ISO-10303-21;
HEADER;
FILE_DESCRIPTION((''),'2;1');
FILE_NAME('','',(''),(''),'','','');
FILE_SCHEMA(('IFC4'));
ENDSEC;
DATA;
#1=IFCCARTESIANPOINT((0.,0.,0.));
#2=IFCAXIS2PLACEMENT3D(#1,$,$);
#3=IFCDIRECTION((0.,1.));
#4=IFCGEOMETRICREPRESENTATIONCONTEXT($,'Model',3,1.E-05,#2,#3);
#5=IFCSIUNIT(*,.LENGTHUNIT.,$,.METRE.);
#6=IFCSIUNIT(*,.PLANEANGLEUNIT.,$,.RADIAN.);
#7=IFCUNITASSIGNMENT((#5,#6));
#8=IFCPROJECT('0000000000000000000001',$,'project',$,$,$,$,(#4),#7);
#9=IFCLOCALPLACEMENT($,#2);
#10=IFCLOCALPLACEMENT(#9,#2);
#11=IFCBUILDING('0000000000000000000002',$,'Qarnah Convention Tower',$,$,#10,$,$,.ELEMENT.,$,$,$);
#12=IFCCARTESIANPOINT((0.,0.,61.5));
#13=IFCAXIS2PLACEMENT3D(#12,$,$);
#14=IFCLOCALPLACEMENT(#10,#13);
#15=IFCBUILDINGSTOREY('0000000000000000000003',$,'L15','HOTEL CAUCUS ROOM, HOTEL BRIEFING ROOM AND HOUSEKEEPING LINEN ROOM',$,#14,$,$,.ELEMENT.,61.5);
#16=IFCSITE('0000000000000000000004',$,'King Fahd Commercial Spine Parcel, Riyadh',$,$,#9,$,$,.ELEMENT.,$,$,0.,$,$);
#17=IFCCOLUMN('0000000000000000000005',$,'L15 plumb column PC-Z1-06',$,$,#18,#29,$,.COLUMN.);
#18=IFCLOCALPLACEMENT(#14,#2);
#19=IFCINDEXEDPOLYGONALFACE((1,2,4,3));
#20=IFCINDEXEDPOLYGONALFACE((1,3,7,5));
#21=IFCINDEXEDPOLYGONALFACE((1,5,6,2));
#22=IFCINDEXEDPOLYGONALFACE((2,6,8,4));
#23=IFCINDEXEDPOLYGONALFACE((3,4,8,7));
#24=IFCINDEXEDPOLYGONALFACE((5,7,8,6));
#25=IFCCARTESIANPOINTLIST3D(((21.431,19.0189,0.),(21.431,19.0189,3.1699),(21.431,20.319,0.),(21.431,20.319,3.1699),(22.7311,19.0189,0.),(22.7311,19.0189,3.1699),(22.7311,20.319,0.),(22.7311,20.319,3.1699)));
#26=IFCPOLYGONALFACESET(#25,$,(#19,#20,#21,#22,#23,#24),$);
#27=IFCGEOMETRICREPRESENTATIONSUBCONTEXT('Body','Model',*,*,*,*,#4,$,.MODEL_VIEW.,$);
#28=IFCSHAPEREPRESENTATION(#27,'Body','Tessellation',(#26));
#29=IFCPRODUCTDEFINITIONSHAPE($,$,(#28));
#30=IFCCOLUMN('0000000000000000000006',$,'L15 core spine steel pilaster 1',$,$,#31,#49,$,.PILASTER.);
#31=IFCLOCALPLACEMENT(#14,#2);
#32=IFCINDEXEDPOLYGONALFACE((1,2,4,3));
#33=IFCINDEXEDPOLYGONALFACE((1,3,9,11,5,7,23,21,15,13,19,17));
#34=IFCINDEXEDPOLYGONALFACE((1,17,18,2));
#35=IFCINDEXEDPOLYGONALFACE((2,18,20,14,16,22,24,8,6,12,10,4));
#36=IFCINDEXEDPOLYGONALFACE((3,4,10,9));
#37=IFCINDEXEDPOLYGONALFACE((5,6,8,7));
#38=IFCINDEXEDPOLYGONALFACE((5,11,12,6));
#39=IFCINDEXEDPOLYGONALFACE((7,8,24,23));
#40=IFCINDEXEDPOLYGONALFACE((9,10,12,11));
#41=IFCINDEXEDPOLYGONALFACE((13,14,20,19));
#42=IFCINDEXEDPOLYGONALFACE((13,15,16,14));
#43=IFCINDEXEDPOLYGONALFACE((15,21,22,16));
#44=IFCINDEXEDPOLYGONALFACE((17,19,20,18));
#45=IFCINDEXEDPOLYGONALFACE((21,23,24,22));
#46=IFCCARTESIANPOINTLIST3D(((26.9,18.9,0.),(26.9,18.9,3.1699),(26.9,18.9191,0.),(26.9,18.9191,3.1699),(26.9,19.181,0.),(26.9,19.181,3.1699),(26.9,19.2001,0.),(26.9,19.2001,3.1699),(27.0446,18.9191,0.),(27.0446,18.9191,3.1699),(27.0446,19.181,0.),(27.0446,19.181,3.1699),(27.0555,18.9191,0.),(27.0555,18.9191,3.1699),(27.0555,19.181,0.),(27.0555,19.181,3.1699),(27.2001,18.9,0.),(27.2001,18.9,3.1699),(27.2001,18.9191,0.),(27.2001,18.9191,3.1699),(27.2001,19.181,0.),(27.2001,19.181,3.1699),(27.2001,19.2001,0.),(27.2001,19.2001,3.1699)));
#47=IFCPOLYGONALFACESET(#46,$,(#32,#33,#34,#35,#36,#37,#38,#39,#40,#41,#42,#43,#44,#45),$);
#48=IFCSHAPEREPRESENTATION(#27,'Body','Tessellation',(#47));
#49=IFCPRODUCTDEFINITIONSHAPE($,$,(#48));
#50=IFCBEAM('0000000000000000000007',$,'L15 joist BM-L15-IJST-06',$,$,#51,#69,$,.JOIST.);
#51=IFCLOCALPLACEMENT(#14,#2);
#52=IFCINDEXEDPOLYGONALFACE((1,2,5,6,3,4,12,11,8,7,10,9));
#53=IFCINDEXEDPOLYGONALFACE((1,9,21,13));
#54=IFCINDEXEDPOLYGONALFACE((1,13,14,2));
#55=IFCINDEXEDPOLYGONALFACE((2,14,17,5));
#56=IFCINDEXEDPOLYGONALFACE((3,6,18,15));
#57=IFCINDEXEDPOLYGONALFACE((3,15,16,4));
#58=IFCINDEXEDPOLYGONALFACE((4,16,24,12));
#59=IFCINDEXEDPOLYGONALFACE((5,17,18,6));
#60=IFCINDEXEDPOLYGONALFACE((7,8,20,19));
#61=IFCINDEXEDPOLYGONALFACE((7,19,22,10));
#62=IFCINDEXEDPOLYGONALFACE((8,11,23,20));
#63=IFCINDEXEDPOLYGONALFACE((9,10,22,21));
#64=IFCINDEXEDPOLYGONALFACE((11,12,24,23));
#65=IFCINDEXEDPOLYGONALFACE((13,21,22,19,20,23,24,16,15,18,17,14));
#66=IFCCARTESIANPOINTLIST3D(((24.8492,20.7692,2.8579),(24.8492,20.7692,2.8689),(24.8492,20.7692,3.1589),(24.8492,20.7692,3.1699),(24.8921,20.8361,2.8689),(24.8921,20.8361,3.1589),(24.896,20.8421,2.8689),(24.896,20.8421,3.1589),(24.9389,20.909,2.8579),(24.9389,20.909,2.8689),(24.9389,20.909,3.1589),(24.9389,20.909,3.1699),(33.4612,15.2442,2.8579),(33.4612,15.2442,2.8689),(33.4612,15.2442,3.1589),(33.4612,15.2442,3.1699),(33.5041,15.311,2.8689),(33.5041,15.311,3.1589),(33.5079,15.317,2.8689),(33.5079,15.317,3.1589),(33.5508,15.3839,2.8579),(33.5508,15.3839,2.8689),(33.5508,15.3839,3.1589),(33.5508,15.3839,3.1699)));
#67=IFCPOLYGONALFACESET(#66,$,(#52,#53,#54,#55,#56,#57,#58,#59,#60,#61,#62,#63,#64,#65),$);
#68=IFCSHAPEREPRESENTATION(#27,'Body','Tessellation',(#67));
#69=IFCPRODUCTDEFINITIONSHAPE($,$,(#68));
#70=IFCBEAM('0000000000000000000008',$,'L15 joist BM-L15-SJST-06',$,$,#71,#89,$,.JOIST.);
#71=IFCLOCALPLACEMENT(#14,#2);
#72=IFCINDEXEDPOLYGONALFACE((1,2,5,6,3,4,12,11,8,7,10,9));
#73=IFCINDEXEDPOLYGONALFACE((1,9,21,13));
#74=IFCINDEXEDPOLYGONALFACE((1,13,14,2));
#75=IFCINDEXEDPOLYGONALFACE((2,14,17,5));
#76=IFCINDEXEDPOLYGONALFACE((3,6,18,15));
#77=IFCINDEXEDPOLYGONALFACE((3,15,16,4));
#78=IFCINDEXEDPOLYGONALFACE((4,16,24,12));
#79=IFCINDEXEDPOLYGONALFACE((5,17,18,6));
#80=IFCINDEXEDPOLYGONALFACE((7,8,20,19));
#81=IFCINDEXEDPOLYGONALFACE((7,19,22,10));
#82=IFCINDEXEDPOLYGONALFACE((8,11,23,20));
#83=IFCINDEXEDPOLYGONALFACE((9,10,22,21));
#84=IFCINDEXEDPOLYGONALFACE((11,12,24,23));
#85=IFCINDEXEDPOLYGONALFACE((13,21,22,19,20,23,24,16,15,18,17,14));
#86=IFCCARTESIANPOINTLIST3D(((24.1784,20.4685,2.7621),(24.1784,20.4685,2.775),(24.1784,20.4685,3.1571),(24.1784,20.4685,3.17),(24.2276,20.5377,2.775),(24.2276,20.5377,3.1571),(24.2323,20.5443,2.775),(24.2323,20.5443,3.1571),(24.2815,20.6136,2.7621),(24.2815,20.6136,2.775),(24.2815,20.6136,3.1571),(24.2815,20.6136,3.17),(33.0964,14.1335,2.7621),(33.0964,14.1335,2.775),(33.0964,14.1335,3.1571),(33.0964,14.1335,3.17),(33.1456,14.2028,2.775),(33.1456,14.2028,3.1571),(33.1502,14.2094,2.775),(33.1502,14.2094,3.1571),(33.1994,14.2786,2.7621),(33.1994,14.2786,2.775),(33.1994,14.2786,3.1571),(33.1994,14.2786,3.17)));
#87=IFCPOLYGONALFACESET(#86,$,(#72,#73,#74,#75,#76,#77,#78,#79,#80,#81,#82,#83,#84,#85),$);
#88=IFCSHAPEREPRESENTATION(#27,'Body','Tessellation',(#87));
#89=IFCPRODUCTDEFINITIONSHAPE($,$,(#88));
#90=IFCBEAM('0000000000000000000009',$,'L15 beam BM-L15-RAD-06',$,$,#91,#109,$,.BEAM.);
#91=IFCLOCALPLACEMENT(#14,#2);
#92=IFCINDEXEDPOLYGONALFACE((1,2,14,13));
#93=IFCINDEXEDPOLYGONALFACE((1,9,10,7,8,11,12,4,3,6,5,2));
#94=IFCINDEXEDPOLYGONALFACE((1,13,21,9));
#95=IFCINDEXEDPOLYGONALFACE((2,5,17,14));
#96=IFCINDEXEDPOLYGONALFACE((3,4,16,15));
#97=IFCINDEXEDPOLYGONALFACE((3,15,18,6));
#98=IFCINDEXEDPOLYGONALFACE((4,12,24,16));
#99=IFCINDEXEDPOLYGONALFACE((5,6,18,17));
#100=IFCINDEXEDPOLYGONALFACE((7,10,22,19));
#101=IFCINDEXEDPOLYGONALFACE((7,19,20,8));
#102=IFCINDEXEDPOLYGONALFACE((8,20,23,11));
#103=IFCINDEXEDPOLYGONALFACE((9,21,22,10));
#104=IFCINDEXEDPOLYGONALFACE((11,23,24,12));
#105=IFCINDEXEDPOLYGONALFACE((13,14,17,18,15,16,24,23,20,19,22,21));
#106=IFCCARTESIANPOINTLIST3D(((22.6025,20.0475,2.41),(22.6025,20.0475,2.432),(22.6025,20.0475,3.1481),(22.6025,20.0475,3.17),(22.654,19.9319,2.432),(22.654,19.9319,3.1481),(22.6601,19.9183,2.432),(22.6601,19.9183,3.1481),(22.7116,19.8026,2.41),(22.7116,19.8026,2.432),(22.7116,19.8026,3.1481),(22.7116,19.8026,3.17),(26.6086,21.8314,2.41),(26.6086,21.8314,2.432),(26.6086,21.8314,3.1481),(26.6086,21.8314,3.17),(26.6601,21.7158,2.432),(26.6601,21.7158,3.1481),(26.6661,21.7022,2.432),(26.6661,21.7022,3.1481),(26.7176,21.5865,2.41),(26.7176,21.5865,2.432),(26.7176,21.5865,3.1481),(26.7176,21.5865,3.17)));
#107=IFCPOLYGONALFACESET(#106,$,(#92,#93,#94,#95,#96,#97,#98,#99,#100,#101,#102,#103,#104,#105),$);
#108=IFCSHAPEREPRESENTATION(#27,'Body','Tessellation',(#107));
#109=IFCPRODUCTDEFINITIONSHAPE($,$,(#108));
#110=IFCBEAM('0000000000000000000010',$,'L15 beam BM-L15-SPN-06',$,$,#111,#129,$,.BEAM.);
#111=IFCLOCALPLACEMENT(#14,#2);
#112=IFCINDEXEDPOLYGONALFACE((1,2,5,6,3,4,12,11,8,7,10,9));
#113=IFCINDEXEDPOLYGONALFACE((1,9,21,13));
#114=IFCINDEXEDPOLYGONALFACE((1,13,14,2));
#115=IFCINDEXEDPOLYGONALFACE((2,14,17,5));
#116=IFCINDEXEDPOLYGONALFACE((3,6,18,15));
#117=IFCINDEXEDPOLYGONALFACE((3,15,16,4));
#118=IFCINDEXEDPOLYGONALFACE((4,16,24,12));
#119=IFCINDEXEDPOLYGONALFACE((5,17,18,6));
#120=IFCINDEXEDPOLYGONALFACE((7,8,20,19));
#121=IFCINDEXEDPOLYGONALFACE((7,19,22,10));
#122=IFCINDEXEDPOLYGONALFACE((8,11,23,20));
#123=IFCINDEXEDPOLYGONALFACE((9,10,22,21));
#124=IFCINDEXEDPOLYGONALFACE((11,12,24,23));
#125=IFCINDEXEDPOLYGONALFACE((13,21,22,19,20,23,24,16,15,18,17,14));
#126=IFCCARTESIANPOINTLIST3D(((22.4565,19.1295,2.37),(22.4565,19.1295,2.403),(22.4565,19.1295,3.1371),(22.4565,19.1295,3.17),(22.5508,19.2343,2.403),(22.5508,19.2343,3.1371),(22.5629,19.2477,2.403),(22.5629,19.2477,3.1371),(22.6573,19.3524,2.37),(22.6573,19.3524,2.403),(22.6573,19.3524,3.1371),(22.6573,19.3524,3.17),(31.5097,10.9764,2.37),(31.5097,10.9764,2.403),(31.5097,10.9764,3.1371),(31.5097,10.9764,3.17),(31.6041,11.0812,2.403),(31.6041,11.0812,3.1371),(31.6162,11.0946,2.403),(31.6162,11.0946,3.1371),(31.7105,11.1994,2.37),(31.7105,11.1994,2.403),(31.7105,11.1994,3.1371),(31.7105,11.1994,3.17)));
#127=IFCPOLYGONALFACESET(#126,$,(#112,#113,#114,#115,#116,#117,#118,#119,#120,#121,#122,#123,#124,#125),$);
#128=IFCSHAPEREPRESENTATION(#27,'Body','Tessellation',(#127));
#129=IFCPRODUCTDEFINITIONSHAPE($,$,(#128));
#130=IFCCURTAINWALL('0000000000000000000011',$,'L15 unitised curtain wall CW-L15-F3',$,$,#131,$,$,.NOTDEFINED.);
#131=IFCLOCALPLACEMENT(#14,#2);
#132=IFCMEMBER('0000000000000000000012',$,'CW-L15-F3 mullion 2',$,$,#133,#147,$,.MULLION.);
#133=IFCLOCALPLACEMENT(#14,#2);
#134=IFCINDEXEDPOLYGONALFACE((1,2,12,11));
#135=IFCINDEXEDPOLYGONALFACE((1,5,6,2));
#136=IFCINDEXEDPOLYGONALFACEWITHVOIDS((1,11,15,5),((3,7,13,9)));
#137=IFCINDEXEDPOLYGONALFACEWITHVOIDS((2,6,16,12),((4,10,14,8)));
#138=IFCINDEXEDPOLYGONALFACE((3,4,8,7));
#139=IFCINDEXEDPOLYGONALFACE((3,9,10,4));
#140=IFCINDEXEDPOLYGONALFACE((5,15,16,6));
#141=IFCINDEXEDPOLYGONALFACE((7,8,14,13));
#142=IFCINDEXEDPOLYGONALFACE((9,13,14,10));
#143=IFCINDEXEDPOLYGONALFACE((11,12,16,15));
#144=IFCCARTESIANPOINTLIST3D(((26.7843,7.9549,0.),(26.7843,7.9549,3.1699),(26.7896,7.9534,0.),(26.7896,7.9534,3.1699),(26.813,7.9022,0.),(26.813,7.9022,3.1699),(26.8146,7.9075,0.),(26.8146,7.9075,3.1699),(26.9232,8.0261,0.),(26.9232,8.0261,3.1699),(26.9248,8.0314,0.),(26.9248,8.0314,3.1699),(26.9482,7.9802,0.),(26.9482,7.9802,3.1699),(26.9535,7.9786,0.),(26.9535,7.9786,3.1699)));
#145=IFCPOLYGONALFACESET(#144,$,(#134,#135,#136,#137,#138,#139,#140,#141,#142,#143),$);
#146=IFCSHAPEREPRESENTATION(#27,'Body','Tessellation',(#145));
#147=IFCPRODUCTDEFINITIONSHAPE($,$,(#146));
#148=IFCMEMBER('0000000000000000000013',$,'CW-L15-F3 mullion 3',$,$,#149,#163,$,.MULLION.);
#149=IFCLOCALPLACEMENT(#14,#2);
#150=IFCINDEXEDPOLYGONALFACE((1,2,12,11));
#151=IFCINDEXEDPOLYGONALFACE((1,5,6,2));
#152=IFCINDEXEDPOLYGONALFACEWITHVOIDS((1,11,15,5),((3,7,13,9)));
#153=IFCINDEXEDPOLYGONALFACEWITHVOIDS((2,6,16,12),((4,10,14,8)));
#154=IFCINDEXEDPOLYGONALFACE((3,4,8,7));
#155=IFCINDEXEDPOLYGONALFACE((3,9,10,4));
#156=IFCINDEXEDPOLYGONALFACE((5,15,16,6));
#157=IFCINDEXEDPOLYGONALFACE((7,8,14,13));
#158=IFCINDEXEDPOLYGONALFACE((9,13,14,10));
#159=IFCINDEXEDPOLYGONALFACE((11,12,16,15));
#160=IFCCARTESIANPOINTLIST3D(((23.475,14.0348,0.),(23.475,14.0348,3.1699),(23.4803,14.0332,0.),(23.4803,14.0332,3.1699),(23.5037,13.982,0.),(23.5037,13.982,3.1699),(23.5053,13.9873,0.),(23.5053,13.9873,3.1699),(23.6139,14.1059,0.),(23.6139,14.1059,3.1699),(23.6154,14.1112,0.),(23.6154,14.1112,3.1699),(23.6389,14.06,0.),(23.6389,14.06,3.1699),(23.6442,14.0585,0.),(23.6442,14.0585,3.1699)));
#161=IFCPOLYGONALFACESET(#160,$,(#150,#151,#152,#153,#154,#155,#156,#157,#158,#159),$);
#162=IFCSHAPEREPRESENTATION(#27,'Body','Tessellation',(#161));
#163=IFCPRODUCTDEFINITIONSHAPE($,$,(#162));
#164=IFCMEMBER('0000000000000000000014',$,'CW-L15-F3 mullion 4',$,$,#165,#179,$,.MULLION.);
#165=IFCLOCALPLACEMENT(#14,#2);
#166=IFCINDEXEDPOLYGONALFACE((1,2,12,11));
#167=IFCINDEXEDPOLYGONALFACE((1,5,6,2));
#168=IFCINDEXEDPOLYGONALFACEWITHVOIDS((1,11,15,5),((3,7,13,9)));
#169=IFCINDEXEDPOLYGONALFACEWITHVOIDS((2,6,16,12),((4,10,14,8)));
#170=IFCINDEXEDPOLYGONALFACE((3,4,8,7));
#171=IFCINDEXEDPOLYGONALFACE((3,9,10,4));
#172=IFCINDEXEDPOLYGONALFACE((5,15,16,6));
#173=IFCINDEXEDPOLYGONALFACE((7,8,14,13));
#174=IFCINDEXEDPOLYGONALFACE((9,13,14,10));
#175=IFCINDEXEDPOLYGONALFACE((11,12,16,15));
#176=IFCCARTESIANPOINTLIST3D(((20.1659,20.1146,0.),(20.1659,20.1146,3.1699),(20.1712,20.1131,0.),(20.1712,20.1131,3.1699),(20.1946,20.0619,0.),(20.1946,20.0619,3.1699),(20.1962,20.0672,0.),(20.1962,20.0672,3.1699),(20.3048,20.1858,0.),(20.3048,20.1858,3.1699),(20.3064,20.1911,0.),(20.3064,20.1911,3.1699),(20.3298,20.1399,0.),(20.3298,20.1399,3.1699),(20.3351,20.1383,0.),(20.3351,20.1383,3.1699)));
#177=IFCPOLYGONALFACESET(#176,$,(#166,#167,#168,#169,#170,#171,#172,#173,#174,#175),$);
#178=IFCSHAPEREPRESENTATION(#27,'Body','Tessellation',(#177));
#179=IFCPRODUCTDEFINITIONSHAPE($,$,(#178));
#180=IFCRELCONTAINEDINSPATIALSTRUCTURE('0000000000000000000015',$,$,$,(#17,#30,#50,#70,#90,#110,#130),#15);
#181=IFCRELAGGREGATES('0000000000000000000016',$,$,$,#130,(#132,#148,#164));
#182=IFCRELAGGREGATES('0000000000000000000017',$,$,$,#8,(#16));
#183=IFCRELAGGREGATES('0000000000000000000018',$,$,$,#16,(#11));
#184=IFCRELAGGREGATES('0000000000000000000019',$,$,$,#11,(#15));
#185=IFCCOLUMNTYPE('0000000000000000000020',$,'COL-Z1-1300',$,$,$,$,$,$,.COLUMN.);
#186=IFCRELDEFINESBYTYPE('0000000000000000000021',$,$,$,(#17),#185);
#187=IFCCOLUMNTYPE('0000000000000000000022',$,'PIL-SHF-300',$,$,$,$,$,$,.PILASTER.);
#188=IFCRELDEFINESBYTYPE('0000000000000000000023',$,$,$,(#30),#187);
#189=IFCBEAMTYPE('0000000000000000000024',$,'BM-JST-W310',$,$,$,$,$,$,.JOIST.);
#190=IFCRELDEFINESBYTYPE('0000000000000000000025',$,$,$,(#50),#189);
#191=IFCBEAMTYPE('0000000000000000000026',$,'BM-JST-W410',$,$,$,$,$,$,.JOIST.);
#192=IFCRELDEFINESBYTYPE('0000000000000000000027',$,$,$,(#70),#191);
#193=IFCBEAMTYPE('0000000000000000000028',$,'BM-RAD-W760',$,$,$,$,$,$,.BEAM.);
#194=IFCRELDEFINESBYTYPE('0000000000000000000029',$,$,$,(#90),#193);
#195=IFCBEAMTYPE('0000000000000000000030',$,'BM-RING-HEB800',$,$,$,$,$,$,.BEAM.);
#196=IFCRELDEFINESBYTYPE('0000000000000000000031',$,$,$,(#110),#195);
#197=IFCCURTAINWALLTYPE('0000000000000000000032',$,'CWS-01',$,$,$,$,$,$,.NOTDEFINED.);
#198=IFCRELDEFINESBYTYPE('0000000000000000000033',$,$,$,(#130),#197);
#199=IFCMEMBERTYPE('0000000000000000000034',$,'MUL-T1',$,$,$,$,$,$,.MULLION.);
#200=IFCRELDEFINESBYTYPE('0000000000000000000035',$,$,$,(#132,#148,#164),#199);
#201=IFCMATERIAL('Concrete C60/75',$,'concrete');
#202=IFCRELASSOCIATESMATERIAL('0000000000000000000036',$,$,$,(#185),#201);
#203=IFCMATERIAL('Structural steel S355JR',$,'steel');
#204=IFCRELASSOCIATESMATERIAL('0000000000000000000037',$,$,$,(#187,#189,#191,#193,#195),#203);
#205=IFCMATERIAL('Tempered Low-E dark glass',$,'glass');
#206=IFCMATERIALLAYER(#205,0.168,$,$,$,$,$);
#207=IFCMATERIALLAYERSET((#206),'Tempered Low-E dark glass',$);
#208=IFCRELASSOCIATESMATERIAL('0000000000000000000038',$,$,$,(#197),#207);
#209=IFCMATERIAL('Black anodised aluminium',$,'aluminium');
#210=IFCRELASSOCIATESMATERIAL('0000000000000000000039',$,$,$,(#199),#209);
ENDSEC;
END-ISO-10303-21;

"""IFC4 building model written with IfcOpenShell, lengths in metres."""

from ifc_helpers import new_model, si_unit, direction, frame, origin, origin_2d, place, context, subcontext, project, spatial, rectangle, hollow_rectangle, i_section, extrude, material, layer, layer_set, material_profile, profile_set, type_object, element, aggregate, save


model = new_model("IFC4")

# Units and contexts
model_context = context("Model", 3, precision=1e-05, world=origin(), true_north=direction((0.0, 1.0)))
body_context = subcontext(model_context, "Body", "Model", "MODEL_VIEW")
ifc_project = project(units=[si_unit("LENGTHUNIT", "METRE"), si_unit("PLANEANGLEUNIT", "RADIAN")], contexts=[model_context])

# Site, building, storey
site_placement = place(None, origin())
site = spatial("IfcSite", under=ifc_project, at=site_placement, Name="King Fahd Commercial Spine Parcel, Riyadh", CompositionType="ELEMENT", RefElevation=0.0)
building_placement = place(site_placement, origin())
building = spatial("IfcBuilding", under=site, at=building_placement, Name="Qarnah Convention Tower", CompositionType="ELEMENT")
storey_placement = place(building_placement, frame((0.0, 0.0, 61.5)))
storey = spatial("IfcBuildingStorey", under=building, at=storey_placement, Name="L15", Description="HOTEL CAUCUS ROOM, HOTEL BRIEFING ROOM AND HOUSEKEEPING LINEN ROOM", CompositionType="ELEMENT", Elevation=61.5)

# Columns
ifc_material_1 = material(Name="Concrete C60/75", Category="concrete")
ifc_material_profile_1 = material_profile(ifc_material_1, rectangle(XDim=1.3, YDim=1.3, at=origin_2d()), Name="RC-COL-1300X1300")
ifc_profile_set_1 = profile_set([ifc_material_profile_1], Name="Concrete C60/75")
column_type_1 = type_object("IfcColumnType", Name="COL-Z1-1300", PredefinedType="COLUMN", material=ifc_profile_set_1)
column_1_placement = place(storey_placement, frame((22.0811, 19.6689, 0.0), z_axis=(0.0, 0.0, 1.0), x_axis=(1.0, 0.0, 0.0)))
element("IfcColumn", 1, at=column_1_placement, inside=storey, type_object=column_type_1, Name="L15 plumb column PC-Z1-06", PredefinedType="COLUMN", context=body_context, shape_type="SweptSolid", body=[
    extrude(rectangle(XDim=1.3, YDim=1.3, at=origin_2d()), origin(), (0.0, 0.0, 1.0), 3.1699),
])
ifc_material_2 = material(Name="Structural steel S355JR", Category="steel")
ifc_material_profile_2 = material_profile(ifc_material_2, i_section(OverallWidth=0.3, OverallDepth=0.3, WebThickness=0.011, FlangeThickness=0.019, at=origin_2d()), Name="HEB300")
ifc_profile_set_2 = profile_set([ifc_material_profile_2], Name="Structural steel S355JR")
column_type_2 = type_object("IfcColumnType", Name="PIL-SHF-300", PredefinedType="PILASTER", material=ifc_profile_set_2)
column_2_placement = place(storey_placement, frame((27.05, 19.05, 0.0), z_axis=(0.0, 0.0, 1.0), x_axis=(1.0, 0.0, 0.0)))
element("IfcColumn", 2, at=column_2_placement, inside=storey, type_object=column_type_2, Name="L15 core spine steel pilaster 1", PredefinedType="PILASTER", context=body_context, shape_type="SweptSolid", body=[
    extrude(i_section(OverallWidth=0.3, OverallDepth=0.3, WebThickness=0.011, FlangeThickness=0.019, at=origin_2d()), origin(), (0.0, 0.0, 1.0), 3.1699),
])

# Beams
ifc_material_profile_3 = material_profile(ifc_material_2, i_section(OverallWidth=0.166, OverallDepth=0.312, WebThickness=0.0071, FlangeThickness=0.011, at=origin_2d()), Name="W310X45")
ifc_profile_set_3 = profile_set([ifc_material_profile_3], Name="Structural steel S355JR")
beam_type_1 = type_object("IfcBeamType", Name="BM-JST-W310", PredefinedType="JOIST", material=ifc_profile_set_3)
beam_1_placement = place(storey_placement, frame((24.894, 20.8391, 3.0139), z_axis=(0.841675, -0.539984, 0.0), x_axis=(0.539984, 0.841675, 0.0)))
element("IfcBeam", 3, at=beam_1_placement, inside=storey, type_object=beam_type_1, Name="L15 joist BM-L15-IJST-06", PredefinedType="JOIST", context=body_context, shape_type="SweptSolid", body=[
    extrude(i_section(OverallWidth=0.166, OverallDepth=0.312, WebThickness=0.0071, FlangeThickness=0.011, at=origin_2d()), origin(), (0.0, 0.0, 1.0), 10.2319),
])
ifc_material_profile_4 = material_profile(ifc_material_2, i_section(OverallWidth=0.178, OverallDepth=0.408, WebThickness=0.0081, FlangeThickness=0.0129, at=origin_2d()), Name="W410X60")
ifc_profile_set_4 = profile_set([ifc_material_profile_4], Name="Structural steel S355JR")
beam_type_2 = type_object("IfcBeamType", Name="BM-JST-W410", PredefinedType="JOIST", material=ifc_profile_set_4)
beam_2_placement = place(storey_placement, frame((24.23, 20.541, 2.9661), z_axis=(0.815245, -0.579117, 0.0), x_axis=(0.579117, 0.815245, 0.0)))
element("IfcBeam", 4, at=beam_2_placement, inside=storey, type_object=beam_type_2, Name="L15 joist BM-L15-SJST-06", PredefinedType="JOIST", context=body_context, shape_type="SweptSolid", body=[
    extrude(i_section(OverallWidth=0.178, OverallDepth=0.408, WebThickness=0.0081, FlangeThickness=0.0129, at=origin_2d()), origin(), (0.0, 0.0, 1.0), 10.939),
])
ifc_material_profile_5 = material_profile(ifc_material_2, i_section(OverallWidth=0.2681, OverallDepth=0.76, WebThickness=0.0149, FlangeThickness=0.022, at=origin_2d()), Name="W760X185")
ifc_profile_set_5 = profile_set([ifc_material_profile_5], Name="Structural steel S355JR")
beam_type_3 = type_object("IfcBeamType", Name="BM-RAD-W760", PredefinedType="BEAM", material=ifc_profile_set_5)
beam_3_placement = place(storey_placement, frame((26.6631, 21.709, 2.79), z_axis=(-0.91352, -0.406794, 0.0), x_axis=(0.406794, -0.91352, 0.0)))
element("IfcBeam", 5, at=beam_3_placement, inside=storey, type_object=beam_type_3, Name="L15 beam BM-L15-RAD-06", PredefinedType="BEAM", context=body_context, shape_type="SweptSolid", body=[
    extrude(i_section(OverallWidth=0.2681, OverallDepth=0.76, WebThickness=0.0149, FlangeThickness=0.022, at=origin_2d()), origin(), (0.0, 0.0, 1.0), 4.3853),
])
ifc_material_profile_6 = material_profile(ifc_material_2, i_section(OverallWidth=0.3, OverallDepth=0.8, WebThickness=0.0181, FlangeThickness=0.033, at=origin_2d()), Name="HEB800")
ifc_profile_set_6 = profile_set([ifc_material_profile_6], Name="Structural steel S355JR")
beam_type_4 = type_object("IfcBeamType", Name="BM-RING-HEB800", PredefinedType="BEAM", material=ifc_profile_set_6)
beam_4_placement = place(storey_placement, frame((22.5569, 19.241, 2.77), z_axis=(0.743083, -0.669199, 0.0), x_axis=(0.669199, 0.743083, 0.0)))
element("IfcBeam", 6, at=beam_4_placement, inside=storey, type_object=beam_type_4, Name="L15 beam BM-L15-SPN-06", PredefinedType="BEAM", context=body_context, shape_type="SweptSolid", body=[
    extrude(i_section(OverallWidth=0.3, OverallDepth=0.8, WebThickness=0.0181, FlangeThickness=0.033, at=origin_2d()), origin(), (0.0, 0.0, 1.0), 12.1833),
])

# Curtain wall, members
ifc_material_3 = material(Name="Tempered Low-E dark glass", Category="glass")
ifc_layer_1 = layer(ifc_material_3, 0.168)
ifc_layer_set_1 = layer_set([ifc_layer_1], Name="Tempered Low-E dark glass")
curtain_wall_type = type_object("IfcCurtainWallType", Name="CWS-01", PredefinedType="NOTDEFINED", material=ifc_layer_set_1)
curtain_wall_placement = place(storey_placement, origin())
curtain_wall = element("IfcCurtainWall", 7, at=curtain_wall_placement, inside=storey, type_object=curtain_wall_type, Name="L15 unitised curtain wall CW-L15-F3", PredefinedType="NOTDEFINED")
ifc_material_4 = material(Name="Black anodised aluminium", Category="aluminium")
ifc_material_profile_7 = material_profile(ifc_material_4, hollow_rectangle(XDim=0.0601, YDim=0.1599, WallThickness=0.0039, at=origin_2d()), Name="MUL-60X160")
ifc_profile_set_7 = profile_set([ifc_material_profile_7], Name="Black anodised aluminium")
member_type = type_object("IfcMemberType", Name="MUL-T1", PredefinedType="MULLION", material=ifc_profile_set_7)
member_1_placement = place(storey_placement, frame((26.8689, 7.9668, 0.0), z_axis=(0.0, 0.0, 1.0), x_axis=(-0.478066, 0.878324, 0.0)))
member_1 = element("IfcMember", 8, at=member_1_placement, type_object=member_type, Name="CW-L15-F3 mullion 2", PredefinedType="MULLION", context=body_context, shape_type="SweptSolid", body=[
    extrude(hollow_rectangle(XDim=0.0601, YDim=0.1599, WallThickness=0.0039, at=origin_2d()), origin(), (0.0, 0.0, 1.0), 3.1699),
])
member_2_placement = place(storey_placement, frame((23.5596, 14.0466, 0.0), z_axis=(0.0, 0.0, 1.0), x_axis=(-0.478066, 0.878324, 0.0)))
member_2 = element("IfcMember", 9, at=member_2_placement, type_object=member_type, Name="CW-L15-F3 mullion 3", PredefinedType="MULLION", context=body_context, shape_type="SweptSolid", body=[
    extrude(hollow_rectangle(XDim=0.0601, YDim=0.1599, WallThickness=0.0039, at=origin_2d()), origin(), (0.0, 0.0, 1.0), 3.1699),
])
member_3_placement = place(storey_placement, frame((20.2505, 20.1265, 0.0), z_axis=(0.0, 0.0, 1.0), x_axis=(-0.478066, 0.878324, 0.0)))
member_3 = element("IfcMember", 10, at=member_3_placement, type_object=member_type, Name="CW-L15-F3 mullion 4", PredefinedType="MULLION", context=body_context, shape_type="SweptSolid", body=[
    extrude(hollow_rectangle(XDim=0.0601, YDim=0.1599, WallThickness=0.0039, at=origin_2d()), origin(), (0.0, 0.0, 1.0), 3.1699),
])
aggregate(curtain_wall, [member_1, member_2, member_3])

save(model, "model.ifc")
